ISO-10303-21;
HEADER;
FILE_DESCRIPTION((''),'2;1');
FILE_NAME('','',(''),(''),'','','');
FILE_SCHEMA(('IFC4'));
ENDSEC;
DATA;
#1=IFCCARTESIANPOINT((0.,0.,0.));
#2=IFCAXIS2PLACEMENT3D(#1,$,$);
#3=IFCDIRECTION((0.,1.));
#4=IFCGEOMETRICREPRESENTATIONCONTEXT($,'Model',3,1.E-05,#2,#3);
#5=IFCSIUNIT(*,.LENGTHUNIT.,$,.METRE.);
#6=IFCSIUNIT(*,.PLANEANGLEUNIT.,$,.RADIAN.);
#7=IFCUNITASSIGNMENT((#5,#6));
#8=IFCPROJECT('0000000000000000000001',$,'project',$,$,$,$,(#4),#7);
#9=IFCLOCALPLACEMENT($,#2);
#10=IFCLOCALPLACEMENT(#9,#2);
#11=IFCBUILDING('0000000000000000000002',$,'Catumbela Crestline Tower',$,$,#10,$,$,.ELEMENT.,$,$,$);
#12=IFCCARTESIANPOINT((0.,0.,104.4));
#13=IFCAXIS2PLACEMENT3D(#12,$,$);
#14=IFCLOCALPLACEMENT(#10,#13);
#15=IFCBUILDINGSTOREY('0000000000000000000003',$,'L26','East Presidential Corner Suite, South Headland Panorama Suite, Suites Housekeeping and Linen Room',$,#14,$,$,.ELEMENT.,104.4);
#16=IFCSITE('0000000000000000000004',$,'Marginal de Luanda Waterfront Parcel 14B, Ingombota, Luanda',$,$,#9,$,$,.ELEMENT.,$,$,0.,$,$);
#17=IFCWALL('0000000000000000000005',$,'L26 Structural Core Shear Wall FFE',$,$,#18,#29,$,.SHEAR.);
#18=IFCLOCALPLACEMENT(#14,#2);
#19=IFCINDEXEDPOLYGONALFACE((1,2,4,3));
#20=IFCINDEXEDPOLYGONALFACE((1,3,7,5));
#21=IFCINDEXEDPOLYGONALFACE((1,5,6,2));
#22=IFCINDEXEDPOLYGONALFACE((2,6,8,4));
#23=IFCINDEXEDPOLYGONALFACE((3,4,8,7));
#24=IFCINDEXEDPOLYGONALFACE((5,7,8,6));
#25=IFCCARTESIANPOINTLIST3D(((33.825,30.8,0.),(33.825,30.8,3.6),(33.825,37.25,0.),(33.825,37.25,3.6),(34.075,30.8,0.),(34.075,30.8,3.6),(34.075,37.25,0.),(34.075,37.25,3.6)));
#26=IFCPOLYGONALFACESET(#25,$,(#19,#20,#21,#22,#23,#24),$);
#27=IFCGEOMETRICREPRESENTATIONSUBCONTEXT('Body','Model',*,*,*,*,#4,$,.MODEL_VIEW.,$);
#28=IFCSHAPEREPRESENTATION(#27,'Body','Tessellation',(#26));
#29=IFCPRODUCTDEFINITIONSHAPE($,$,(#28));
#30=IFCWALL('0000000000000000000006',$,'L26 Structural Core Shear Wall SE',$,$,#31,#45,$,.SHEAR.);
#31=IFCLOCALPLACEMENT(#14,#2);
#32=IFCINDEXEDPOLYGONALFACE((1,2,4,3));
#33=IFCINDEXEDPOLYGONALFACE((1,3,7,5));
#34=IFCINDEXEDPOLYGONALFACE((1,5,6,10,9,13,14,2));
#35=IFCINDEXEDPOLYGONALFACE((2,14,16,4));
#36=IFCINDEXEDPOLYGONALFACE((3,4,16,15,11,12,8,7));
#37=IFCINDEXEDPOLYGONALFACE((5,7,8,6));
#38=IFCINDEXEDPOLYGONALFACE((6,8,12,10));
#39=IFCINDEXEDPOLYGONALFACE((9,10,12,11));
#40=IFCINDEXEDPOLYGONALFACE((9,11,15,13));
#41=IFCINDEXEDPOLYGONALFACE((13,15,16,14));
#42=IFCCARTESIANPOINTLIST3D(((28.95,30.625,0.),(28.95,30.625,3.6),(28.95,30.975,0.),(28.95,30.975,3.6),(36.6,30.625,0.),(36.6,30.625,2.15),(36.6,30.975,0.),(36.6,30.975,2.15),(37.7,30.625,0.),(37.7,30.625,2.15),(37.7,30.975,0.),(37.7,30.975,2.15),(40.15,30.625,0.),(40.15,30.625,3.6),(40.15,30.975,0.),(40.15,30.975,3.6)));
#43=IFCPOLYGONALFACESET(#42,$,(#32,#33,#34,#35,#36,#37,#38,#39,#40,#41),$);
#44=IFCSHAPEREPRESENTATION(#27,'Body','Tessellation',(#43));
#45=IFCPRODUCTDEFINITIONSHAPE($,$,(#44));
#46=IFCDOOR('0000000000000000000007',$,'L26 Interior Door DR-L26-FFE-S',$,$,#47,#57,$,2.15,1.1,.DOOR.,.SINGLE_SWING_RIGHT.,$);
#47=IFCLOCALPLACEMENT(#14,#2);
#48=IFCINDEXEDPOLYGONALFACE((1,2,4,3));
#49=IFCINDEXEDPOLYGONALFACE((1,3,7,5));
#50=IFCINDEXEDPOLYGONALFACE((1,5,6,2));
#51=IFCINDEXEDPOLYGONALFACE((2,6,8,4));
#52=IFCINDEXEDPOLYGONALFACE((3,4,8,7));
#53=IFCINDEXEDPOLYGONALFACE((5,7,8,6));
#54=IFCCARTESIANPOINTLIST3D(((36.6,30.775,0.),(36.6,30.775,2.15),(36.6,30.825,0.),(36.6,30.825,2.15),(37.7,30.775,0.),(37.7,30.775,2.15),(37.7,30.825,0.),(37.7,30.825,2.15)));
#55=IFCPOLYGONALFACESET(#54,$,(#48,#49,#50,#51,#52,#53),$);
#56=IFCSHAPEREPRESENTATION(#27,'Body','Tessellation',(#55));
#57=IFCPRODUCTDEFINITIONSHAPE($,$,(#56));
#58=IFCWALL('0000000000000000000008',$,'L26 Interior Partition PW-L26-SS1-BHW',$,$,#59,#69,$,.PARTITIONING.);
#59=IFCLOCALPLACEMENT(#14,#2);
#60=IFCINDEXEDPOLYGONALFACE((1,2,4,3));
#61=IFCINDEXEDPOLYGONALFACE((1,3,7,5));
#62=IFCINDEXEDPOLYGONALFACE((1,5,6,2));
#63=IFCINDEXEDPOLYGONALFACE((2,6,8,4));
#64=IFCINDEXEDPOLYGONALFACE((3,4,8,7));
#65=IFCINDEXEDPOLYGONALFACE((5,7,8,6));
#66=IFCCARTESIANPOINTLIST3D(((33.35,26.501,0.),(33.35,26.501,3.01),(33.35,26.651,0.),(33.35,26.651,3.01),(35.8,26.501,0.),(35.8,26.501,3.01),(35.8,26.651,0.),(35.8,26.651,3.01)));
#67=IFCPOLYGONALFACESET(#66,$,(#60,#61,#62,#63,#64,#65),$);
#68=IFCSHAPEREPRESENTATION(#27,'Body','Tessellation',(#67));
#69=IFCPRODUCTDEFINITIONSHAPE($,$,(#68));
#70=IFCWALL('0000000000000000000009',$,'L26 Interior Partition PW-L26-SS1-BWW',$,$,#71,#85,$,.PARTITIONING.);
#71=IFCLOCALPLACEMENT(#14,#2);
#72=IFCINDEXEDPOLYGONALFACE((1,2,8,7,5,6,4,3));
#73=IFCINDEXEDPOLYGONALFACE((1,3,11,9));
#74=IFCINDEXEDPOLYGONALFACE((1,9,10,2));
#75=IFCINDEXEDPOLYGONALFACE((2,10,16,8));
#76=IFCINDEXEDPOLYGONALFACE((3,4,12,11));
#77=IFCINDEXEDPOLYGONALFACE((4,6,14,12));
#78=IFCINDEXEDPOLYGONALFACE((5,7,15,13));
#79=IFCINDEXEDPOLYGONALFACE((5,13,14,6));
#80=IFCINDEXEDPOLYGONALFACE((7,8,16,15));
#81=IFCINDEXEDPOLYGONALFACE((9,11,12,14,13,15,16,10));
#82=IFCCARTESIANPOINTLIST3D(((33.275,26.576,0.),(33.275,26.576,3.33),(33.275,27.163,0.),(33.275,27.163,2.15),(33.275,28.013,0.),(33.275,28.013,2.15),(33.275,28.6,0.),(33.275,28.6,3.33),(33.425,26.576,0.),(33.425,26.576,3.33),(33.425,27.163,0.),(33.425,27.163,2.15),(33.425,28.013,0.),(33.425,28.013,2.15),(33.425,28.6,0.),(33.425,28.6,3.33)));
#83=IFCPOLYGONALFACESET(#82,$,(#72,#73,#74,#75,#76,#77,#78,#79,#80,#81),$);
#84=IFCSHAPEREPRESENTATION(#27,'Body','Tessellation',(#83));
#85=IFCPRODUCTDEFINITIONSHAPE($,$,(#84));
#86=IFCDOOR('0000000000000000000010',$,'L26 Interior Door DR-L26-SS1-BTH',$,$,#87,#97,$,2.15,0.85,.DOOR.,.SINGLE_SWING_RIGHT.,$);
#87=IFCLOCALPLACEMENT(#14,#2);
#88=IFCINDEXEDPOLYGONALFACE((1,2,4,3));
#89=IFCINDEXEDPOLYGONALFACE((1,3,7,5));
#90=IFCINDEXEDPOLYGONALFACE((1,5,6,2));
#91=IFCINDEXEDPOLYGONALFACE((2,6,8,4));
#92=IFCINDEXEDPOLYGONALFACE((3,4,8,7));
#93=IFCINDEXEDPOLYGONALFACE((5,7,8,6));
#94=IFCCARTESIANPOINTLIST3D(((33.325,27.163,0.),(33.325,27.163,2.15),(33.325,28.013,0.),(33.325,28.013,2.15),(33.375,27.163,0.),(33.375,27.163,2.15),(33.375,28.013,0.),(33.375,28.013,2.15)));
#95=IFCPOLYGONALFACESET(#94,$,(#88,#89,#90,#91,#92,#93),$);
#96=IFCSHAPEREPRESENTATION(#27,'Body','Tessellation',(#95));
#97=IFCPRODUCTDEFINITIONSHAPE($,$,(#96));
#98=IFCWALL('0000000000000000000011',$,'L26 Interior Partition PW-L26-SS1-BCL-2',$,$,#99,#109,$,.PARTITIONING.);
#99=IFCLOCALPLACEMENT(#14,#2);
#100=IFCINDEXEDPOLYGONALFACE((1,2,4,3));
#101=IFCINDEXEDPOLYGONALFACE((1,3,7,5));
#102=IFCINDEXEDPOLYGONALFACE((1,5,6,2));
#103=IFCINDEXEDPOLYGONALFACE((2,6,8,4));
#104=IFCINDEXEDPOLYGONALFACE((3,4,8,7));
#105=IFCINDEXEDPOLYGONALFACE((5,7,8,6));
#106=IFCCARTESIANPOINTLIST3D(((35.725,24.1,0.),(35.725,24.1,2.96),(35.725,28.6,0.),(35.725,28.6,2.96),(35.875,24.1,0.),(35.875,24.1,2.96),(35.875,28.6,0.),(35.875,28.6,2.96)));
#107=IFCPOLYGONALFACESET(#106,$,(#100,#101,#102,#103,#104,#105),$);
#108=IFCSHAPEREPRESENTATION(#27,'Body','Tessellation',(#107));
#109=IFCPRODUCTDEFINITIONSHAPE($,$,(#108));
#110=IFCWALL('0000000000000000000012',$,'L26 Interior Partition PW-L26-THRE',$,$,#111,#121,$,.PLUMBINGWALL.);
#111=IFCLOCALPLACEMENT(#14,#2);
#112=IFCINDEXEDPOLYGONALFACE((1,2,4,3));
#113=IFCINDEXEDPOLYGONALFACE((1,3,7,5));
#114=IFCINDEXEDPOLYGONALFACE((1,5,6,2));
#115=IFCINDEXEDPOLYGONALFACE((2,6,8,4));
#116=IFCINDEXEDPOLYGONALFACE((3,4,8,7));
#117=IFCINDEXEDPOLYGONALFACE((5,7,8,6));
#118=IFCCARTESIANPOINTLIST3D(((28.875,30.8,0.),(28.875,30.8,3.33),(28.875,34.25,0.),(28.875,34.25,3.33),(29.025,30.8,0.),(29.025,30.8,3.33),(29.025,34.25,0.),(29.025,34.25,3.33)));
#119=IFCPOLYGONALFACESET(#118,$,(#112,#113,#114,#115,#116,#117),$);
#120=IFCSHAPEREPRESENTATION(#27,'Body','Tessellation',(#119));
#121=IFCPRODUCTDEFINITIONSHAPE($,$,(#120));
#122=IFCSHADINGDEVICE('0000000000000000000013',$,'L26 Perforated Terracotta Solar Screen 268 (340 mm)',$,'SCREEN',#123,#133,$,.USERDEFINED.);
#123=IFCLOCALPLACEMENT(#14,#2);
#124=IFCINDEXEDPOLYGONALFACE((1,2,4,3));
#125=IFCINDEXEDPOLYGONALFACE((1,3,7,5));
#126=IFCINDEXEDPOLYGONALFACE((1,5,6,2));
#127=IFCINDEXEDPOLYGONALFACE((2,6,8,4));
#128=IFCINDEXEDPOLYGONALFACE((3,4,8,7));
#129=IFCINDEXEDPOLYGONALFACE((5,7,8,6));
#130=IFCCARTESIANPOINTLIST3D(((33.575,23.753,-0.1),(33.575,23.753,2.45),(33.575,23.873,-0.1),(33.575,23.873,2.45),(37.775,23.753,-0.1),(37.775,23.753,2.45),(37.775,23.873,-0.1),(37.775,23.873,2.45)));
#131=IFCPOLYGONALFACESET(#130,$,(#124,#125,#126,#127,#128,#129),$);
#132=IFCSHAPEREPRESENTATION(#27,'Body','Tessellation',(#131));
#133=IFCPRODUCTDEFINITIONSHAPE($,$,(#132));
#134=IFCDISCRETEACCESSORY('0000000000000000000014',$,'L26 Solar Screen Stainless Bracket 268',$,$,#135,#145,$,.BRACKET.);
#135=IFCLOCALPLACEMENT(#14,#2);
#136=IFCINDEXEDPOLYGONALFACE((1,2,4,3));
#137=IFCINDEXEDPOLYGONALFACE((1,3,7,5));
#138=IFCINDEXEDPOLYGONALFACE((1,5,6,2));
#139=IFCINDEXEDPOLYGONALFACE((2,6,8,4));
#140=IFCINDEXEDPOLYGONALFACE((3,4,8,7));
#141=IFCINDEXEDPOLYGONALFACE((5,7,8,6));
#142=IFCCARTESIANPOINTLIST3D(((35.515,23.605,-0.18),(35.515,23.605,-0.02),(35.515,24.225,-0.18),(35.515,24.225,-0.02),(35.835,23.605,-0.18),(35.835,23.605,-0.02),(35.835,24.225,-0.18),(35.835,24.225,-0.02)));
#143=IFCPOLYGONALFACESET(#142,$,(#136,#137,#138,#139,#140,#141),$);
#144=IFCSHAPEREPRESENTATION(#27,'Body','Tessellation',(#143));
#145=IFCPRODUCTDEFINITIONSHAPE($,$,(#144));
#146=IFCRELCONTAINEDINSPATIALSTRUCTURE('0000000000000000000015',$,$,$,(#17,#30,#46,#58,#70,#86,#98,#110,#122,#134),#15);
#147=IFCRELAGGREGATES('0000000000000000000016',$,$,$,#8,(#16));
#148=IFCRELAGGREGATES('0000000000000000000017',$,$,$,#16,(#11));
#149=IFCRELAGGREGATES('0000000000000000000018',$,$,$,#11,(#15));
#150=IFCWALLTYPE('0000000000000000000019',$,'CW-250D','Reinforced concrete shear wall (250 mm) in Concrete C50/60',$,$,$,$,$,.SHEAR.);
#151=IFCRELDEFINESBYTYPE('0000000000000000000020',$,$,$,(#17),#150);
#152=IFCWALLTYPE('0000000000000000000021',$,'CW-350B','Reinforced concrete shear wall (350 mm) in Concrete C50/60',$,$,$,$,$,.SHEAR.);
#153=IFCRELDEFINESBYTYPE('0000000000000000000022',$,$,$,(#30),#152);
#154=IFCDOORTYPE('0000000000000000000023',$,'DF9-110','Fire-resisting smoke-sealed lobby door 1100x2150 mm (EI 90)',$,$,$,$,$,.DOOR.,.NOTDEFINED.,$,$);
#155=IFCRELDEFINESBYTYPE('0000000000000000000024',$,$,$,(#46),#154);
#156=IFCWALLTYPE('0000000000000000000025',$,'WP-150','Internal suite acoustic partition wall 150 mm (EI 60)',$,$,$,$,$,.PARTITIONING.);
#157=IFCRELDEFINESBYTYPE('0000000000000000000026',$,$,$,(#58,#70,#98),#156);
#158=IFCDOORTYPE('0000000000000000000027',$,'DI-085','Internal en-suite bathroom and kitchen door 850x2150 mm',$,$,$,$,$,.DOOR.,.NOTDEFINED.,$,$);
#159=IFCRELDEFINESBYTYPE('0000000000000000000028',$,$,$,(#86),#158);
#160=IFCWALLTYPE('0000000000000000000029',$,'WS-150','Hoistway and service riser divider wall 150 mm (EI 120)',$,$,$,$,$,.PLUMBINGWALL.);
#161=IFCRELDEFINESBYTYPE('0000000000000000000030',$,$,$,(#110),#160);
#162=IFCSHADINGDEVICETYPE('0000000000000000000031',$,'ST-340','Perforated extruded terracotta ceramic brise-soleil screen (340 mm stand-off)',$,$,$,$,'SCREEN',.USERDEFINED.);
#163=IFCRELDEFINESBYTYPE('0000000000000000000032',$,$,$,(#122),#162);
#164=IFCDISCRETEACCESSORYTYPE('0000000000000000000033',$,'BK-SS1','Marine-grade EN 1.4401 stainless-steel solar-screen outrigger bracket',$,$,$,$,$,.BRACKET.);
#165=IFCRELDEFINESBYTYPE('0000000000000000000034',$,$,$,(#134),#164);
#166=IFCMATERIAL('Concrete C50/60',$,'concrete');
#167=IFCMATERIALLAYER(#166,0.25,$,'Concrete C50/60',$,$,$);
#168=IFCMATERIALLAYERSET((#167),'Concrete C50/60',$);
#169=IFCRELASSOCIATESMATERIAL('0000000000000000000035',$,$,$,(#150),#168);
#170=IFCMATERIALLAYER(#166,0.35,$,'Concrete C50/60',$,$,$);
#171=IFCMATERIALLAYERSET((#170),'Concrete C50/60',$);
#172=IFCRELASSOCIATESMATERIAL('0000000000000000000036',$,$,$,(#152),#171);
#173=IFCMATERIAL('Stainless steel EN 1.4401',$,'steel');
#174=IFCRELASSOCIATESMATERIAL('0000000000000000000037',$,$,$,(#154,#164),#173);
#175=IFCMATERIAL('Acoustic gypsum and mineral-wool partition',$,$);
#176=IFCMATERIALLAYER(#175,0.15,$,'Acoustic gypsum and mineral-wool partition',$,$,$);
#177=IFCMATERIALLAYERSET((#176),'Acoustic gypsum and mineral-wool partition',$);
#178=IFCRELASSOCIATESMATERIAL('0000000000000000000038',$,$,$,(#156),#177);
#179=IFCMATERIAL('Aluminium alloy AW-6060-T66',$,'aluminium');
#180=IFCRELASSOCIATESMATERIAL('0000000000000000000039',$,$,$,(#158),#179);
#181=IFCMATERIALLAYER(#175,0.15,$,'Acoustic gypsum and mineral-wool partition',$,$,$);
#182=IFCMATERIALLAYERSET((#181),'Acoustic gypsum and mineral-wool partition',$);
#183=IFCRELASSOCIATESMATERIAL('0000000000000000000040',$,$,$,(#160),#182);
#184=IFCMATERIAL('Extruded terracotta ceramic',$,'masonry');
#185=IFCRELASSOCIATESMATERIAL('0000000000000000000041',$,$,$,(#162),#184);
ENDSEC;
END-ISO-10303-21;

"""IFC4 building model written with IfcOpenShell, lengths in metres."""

from ifc_helpers import new_model, si_unit, direction, frame, frame_2d, origin, origin_2d, place, context, subcontext, project, spatial, rectangle, extrude, material, layer, layer_set, type_object, element, fill, save


model = new_model("IFC4")

# Units and contexts
model_context = context("Model", 3, precision=1e-05, world=origin(), true_north=direction((0.0, 1.0)))
body_context = subcontext(model_context, "Body", "Model", "MODEL_VIEW")
ifc_project = project(units=[si_unit("LENGTHUNIT", "METRE"), si_unit("PLANEANGLEUNIT", "RADIAN")], contexts=[model_context])

# Site, building, storey
site_placement = place(None, origin())
site = spatial("IfcSite", under=ifc_project, at=site_placement, Name="Marginal de Luanda Waterfront Parcel 14B, Ingombota, Luanda", CompositionType="ELEMENT", RefElevation=0.0)
building_placement = place(site_placement, origin())
building = spatial("IfcBuilding", under=site, at=building_placement, Name="Catumbela Crestline Tower", CompositionType="ELEMENT")
storey_placement = place(building_placement, frame((0.0, 0.0, 104.4)))
storey = spatial("IfcBuildingStorey", under=building, at=storey_placement, Name="L26", Description="East Presidential Corner Suite, South Headland Panorama Suite, Suites Housekeeping and Linen Room", CompositionType="ELEMENT", Elevation=104.4)

# Shared definitions
ifc_material_1 = material(Name="Concrete C50/60", Category="concrete")

# Shared definitions
ifc_material_2 = material(Name="Aluminium alloy AW-6060-T66", Category="aluminium")

# Wall
ifc_layer_1 = layer(ifc_material_1, 0.25, Name="Concrete C50/60")
ifc_layer_set_1 = layer_set([ifc_layer_1], Name="Concrete C50/60")
wall_type_1 = type_object("IfcWallType", Name="CW-250D", Description="Reinforced concrete shear wall (250 mm) in Concrete C50/60", PredefinedType="SHEAR", material=ifc_layer_set_1)
wall_1_placement = place(storey_placement, frame((33.95, 30.8, 0.0), z_axis=(0.0, 0.0, 1.0), x_axis=(0.0, 1.0, 0.0)))
element("IfcWall", 1, at=wall_1_placement, inside=storey, type_object=wall_type_1, Name="L26 Structural Core Shear Wall FFE", PredefinedType="SHEAR", context=body_context, shape_type="SweptSolid", body=[
    extrude(rectangle(XDim=6.45, YDim=0.25, at=frame_2d((3.225, 0.0))), origin(), (0.0, 0.0, 1.0), 3.6),
])

# Wall, opening, door
ifc_layer_2 = layer(ifc_material_1, 0.35, Name="Concrete C50/60")
ifc_layer_set_2 = layer_set([ifc_layer_2], Name="Concrete C50/60")
wall_type_2 = type_object("IfcWallType", Name="CW-350B", Description="Reinforced concrete shear wall (350 mm) in Concrete C50/60", PredefinedType="SHEAR", material=ifc_layer_set_2)
wall_2_placement = place(storey_placement, frame((28.95, 30.8, 0.0), z_axis=(0.0, 0.0, 1.0), x_axis=(1.0, 0.0, 0.0)))
wall_2 = element("IfcWall", 2, at=wall_2_placement, inside=storey, type_object=wall_type_2, Name="L26 Structural Core Shear Wall SE", PredefinedType="SHEAR", context=body_context, shape_type="SweptSolid", body=[
    extrude(rectangle(XDim=11.2, YDim=0.35, at=frame_2d((5.6, 0.0))), origin(), (0.0, 0.0, 1.0), 3.6),
])
opening_1_placement = place(wall_2_placement, frame((7.65, 0.0, 0.0)))
opening_1 = element("IfcOpeningElement", 3, at=opening_1_placement, cuts=wall_2, PredefinedType="OPENING", context=body_context, shape_type="SweptSolid", body=[
    extrude(rectangle(XDim=1.1, YDim=2.15, at=frame_2d((0.55, 1.075))), frame((0.0, 0.185, 0.0), z_axis=(0.0, -1.0, 0.0), x_axis=(1.0, 0.0, 0.0)), (0.0, 0.0, 1.0), 0.37),
])
ifc_material_3 = material(Name="Stainless steel EN 1.4401", Category="steel")
door_type_1 = type_object("IfcDoorType", Name="DF9-110", Description="Fire-resisting smoke-sealed lobby door 1100x2150 mm (EI 90)", OperationType="NOTDEFINED", PredefinedType="DOOR", material=ifc_material_3)
door_1_placement = place(opening_1_placement, origin())
door_1 = element("IfcDoor", 4, at=door_1_placement, inside=storey, type_object=door_type_1, Name="L26 Interior Door DR-L26-FFE-S", OperationType="SINGLE_SWING_RIGHT", OverallHeight=2.15, OverallWidth=1.1, PredefinedType="DOOR", context=body_context, shape_type="SweptSolid", body=[
    extrude(rectangle(XDim=1.1, YDim=2.15, at=frame_2d((0.55, 1.075))), frame((0.0, 0.025, 0.0), z_axis=(0.0, -1.0, 0.0), x_axis=(1.0, 0.0, 0.0)), (0.0, 0.0, 1.0), 0.05),
])
fill(opening_1, door_1)

# Wall
ifc_material_4 = material(Name="Acoustic gypsum and mineral-wool partition")
ifc_layer_3 = layer(ifc_material_4, 0.15, Name="Acoustic gypsum and mineral-wool partition")
ifc_layer_set_3 = layer_set([ifc_layer_3], Name="Acoustic gypsum and mineral-wool partition")
wall_type_3 = type_object("IfcWallType", Name="WP-150", Description="Internal suite acoustic partition wall 150 mm (EI 60)", PredefinedType="PARTITIONING", material=ifc_layer_set_3)
wall_3_placement = place(storey_placement, frame((33.35, 26.576, 0.0), z_axis=(0.0, 0.0, 1.0), x_axis=(1.0, 0.0, 0.0)))
element("IfcWall", 5, at=wall_3_placement, inside=storey, type_object=wall_type_3, Name="L26 Interior Partition PW-L26-SS1-BHW", PredefinedType="PARTITIONING", context=body_context, shape_type="SweptSolid", body=[
    extrude(rectangle(XDim=2.45, YDim=0.15, at=frame_2d((1.225, 0.0))), origin(), (0.0, 0.0, 1.0), 3.01),
])

# Wall, opening, door
wall_4_placement = place(storey_placement, frame((33.35, 26.576, 0.0), z_axis=(0.0, 0.0, 1.0), x_axis=(0.0, 1.0, 0.0)))
wall_4 = element("IfcWall", 6, at=wall_4_placement, inside=storey, type_object=wall_type_3, Name="L26 Interior Partition PW-L26-SS1-BWW", PredefinedType="PARTITIONING", context=body_context, shape_type="SweptSolid", body=[
    extrude(rectangle(XDim=2.024, YDim=0.15, at=frame_2d((1.012, 0.0))), origin(), (0.0, 0.0, 1.0), 3.33),
])
opening_2_placement = place(wall_4_placement, frame((0.587, 0.0, 0.0)))
opening_2 = element("IfcOpeningElement", 7, at=opening_2_placement, cuts=wall_4, PredefinedType="OPENING", context=body_context, shape_type="SweptSolid", body=[
    extrude(rectangle(XDim=0.85, YDim=2.15, at=frame_2d((0.425, 1.075))), frame((0.0, 0.085, 0.0), z_axis=(0.0, -1.0, 0.0), x_axis=(1.0, 0.0, 0.0)), (0.0, 0.0, 1.0), 0.17),
])
door_type_2 = type_object("IfcDoorType", Name="DI-085", Description="Internal en-suite bathroom and kitchen door 850x2150 mm", OperationType="NOTDEFINED", PredefinedType="DOOR", material=ifc_material_2)
door_2_placement = place(opening_2_placement, origin())
door_2 = element("IfcDoor", 8, at=door_2_placement, inside=storey, type_object=door_type_2, Name="L26 Interior Door DR-L26-SS1-BTH", OperationType="SINGLE_SWING_RIGHT", OverallHeight=2.15, OverallWidth=0.85, PredefinedType="DOOR", context=body_context, shape_type="SweptSolid", body=[
    extrude(rectangle(XDim=0.85, YDim=2.15, at=frame_2d((0.425, 1.075))), frame((0.0, 0.025, 0.0), z_axis=(0.0, -1.0, 0.0), x_axis=(1.0, 0.0, 0.0)), (0.0, 0.0, 1.0), 0.05),
])
fill(opening_2, door_2)

# Walls
wall_5_placement = place(storey_placement, frame((35.8, 28.6, 0.0), z_axis=(0.0, 0.0, 1.0), x_axis=(0.0, -1.0, 0.0)))
element("IfcWall", 9, at=wall_5_placement, inside=storey, type_object=wall_type_3, Name="L26 Interior Partition PW-L26-SS1-BCL-2", PredefinedType="PARTITIONING", context=body_context, shape_type="SweptSolid", body=[
    extrude(rectangle(XDim=4.5, YDim=0.15, at=frame_2d((2.25, 0.0))), origin(), (0.0, 0.0, 1.0), 2.96),
])
ifc_layer_4 = layer(ifc_material_4, 0.15, Name="Acoustic gypsum and mineral-wool partition")
ifc_layer_set_4 = layer_set([ifc_layer_4], Name="Acoustic gypsum and mineral-wool partition")
wall_type_4 = type_object("IfcWallType", Name="WS-150", Description="Hoistway and service riser divider wall 150 mm (EI 120)", PredefinedType="PLUMBINGWALL", material=ifc_layer_set_4)
wall_6_placement = place(storey_placement, frame((28.95, 30.8, 0.0), z_axis=(0.0, 0.0, 1.0), x_axis=(0.0, 1.0, 0.0)))
element("IfcWall", 10, at=wall_6_placement, inside=storey, type_object=wall_type_4, Name="L26 Interior Partition PW-L26-THRE", PredefinedType="PLUMBINGWALL", context=body_context, shape_type="SweptSolid", body=[
    extrude(rectangle(XDim=3.45, YDim=0.15, at=frame_2d((1.725, 0.0))), origin(), (0.0, 0.0, 1.0), 3.33),
])

# Shading device
ifc_material_5 = material(Name="Extruded terracotta ceramic", Category="masonry")
shading_device_type = type_object("IfcShadingDeviceType", Name="ST-340", Description="Perforated extruded terracotta ceramic brise-soleil screen (340 mm stand-off)", ElementType="SCREEN", PredefinedType="USERDEFINED", material=ifc_material_5)
shading_device_placement = place(storey_placement, frame((35.675, 23.813, -0.1), z_axis=(0.0, 0.0, 1.0), x_axis=(1.0, 0.0, 0.0)))
element("IfcShadingDevice", 11, at=shading_device_placement, inside=storey, type_object=shading_device_type, Name="L26 Perforated Terracotta Solar Screen 268 (340 mm)", ObjectType="SCREEN", PredefinedType="USERDEFINED", context=body_context, shape_type="SweptSolid", body=[
    extrude(rectangle(XDim=4.2, YDim=0.12, at=origin_2d()), origin(), (0.0, 0.0, 1.0), 2.55),
])

# Discrete accessory
discrete_accessory_type = type_object("IfcDiscreteAccessoryType", Name="BK-SS1", Description="Marine-grade EN 1.4401 stainless-steel solar-screen outrigger bracket", PredefinedType="BRACKET", material=ifc_material_3)
discrete_accessory_placement = place(storey_placement, frame((35.675, 23.915, -0.18), z_axis=(0.0, 0.0, 1.0), x_axis=(1.0, 0.0, 0.0)))
element("IfcDiscreteAccessory", 12, at=discrete_accessory_placement, inside=storey, type_object=discrete_accessory_type, Name="L26 Solar Screen Stainless Bracket 268", PredefinedType="BRACKET", context=body_context, shape_type="SweptSolid", body=[
    extrude(rectangle(XDim=0.32, YDim=0.62, at=origin_2d()), origin(), (0.0, 0.0, 1.0), 0.16),
])

save(model, "model.ifc")
